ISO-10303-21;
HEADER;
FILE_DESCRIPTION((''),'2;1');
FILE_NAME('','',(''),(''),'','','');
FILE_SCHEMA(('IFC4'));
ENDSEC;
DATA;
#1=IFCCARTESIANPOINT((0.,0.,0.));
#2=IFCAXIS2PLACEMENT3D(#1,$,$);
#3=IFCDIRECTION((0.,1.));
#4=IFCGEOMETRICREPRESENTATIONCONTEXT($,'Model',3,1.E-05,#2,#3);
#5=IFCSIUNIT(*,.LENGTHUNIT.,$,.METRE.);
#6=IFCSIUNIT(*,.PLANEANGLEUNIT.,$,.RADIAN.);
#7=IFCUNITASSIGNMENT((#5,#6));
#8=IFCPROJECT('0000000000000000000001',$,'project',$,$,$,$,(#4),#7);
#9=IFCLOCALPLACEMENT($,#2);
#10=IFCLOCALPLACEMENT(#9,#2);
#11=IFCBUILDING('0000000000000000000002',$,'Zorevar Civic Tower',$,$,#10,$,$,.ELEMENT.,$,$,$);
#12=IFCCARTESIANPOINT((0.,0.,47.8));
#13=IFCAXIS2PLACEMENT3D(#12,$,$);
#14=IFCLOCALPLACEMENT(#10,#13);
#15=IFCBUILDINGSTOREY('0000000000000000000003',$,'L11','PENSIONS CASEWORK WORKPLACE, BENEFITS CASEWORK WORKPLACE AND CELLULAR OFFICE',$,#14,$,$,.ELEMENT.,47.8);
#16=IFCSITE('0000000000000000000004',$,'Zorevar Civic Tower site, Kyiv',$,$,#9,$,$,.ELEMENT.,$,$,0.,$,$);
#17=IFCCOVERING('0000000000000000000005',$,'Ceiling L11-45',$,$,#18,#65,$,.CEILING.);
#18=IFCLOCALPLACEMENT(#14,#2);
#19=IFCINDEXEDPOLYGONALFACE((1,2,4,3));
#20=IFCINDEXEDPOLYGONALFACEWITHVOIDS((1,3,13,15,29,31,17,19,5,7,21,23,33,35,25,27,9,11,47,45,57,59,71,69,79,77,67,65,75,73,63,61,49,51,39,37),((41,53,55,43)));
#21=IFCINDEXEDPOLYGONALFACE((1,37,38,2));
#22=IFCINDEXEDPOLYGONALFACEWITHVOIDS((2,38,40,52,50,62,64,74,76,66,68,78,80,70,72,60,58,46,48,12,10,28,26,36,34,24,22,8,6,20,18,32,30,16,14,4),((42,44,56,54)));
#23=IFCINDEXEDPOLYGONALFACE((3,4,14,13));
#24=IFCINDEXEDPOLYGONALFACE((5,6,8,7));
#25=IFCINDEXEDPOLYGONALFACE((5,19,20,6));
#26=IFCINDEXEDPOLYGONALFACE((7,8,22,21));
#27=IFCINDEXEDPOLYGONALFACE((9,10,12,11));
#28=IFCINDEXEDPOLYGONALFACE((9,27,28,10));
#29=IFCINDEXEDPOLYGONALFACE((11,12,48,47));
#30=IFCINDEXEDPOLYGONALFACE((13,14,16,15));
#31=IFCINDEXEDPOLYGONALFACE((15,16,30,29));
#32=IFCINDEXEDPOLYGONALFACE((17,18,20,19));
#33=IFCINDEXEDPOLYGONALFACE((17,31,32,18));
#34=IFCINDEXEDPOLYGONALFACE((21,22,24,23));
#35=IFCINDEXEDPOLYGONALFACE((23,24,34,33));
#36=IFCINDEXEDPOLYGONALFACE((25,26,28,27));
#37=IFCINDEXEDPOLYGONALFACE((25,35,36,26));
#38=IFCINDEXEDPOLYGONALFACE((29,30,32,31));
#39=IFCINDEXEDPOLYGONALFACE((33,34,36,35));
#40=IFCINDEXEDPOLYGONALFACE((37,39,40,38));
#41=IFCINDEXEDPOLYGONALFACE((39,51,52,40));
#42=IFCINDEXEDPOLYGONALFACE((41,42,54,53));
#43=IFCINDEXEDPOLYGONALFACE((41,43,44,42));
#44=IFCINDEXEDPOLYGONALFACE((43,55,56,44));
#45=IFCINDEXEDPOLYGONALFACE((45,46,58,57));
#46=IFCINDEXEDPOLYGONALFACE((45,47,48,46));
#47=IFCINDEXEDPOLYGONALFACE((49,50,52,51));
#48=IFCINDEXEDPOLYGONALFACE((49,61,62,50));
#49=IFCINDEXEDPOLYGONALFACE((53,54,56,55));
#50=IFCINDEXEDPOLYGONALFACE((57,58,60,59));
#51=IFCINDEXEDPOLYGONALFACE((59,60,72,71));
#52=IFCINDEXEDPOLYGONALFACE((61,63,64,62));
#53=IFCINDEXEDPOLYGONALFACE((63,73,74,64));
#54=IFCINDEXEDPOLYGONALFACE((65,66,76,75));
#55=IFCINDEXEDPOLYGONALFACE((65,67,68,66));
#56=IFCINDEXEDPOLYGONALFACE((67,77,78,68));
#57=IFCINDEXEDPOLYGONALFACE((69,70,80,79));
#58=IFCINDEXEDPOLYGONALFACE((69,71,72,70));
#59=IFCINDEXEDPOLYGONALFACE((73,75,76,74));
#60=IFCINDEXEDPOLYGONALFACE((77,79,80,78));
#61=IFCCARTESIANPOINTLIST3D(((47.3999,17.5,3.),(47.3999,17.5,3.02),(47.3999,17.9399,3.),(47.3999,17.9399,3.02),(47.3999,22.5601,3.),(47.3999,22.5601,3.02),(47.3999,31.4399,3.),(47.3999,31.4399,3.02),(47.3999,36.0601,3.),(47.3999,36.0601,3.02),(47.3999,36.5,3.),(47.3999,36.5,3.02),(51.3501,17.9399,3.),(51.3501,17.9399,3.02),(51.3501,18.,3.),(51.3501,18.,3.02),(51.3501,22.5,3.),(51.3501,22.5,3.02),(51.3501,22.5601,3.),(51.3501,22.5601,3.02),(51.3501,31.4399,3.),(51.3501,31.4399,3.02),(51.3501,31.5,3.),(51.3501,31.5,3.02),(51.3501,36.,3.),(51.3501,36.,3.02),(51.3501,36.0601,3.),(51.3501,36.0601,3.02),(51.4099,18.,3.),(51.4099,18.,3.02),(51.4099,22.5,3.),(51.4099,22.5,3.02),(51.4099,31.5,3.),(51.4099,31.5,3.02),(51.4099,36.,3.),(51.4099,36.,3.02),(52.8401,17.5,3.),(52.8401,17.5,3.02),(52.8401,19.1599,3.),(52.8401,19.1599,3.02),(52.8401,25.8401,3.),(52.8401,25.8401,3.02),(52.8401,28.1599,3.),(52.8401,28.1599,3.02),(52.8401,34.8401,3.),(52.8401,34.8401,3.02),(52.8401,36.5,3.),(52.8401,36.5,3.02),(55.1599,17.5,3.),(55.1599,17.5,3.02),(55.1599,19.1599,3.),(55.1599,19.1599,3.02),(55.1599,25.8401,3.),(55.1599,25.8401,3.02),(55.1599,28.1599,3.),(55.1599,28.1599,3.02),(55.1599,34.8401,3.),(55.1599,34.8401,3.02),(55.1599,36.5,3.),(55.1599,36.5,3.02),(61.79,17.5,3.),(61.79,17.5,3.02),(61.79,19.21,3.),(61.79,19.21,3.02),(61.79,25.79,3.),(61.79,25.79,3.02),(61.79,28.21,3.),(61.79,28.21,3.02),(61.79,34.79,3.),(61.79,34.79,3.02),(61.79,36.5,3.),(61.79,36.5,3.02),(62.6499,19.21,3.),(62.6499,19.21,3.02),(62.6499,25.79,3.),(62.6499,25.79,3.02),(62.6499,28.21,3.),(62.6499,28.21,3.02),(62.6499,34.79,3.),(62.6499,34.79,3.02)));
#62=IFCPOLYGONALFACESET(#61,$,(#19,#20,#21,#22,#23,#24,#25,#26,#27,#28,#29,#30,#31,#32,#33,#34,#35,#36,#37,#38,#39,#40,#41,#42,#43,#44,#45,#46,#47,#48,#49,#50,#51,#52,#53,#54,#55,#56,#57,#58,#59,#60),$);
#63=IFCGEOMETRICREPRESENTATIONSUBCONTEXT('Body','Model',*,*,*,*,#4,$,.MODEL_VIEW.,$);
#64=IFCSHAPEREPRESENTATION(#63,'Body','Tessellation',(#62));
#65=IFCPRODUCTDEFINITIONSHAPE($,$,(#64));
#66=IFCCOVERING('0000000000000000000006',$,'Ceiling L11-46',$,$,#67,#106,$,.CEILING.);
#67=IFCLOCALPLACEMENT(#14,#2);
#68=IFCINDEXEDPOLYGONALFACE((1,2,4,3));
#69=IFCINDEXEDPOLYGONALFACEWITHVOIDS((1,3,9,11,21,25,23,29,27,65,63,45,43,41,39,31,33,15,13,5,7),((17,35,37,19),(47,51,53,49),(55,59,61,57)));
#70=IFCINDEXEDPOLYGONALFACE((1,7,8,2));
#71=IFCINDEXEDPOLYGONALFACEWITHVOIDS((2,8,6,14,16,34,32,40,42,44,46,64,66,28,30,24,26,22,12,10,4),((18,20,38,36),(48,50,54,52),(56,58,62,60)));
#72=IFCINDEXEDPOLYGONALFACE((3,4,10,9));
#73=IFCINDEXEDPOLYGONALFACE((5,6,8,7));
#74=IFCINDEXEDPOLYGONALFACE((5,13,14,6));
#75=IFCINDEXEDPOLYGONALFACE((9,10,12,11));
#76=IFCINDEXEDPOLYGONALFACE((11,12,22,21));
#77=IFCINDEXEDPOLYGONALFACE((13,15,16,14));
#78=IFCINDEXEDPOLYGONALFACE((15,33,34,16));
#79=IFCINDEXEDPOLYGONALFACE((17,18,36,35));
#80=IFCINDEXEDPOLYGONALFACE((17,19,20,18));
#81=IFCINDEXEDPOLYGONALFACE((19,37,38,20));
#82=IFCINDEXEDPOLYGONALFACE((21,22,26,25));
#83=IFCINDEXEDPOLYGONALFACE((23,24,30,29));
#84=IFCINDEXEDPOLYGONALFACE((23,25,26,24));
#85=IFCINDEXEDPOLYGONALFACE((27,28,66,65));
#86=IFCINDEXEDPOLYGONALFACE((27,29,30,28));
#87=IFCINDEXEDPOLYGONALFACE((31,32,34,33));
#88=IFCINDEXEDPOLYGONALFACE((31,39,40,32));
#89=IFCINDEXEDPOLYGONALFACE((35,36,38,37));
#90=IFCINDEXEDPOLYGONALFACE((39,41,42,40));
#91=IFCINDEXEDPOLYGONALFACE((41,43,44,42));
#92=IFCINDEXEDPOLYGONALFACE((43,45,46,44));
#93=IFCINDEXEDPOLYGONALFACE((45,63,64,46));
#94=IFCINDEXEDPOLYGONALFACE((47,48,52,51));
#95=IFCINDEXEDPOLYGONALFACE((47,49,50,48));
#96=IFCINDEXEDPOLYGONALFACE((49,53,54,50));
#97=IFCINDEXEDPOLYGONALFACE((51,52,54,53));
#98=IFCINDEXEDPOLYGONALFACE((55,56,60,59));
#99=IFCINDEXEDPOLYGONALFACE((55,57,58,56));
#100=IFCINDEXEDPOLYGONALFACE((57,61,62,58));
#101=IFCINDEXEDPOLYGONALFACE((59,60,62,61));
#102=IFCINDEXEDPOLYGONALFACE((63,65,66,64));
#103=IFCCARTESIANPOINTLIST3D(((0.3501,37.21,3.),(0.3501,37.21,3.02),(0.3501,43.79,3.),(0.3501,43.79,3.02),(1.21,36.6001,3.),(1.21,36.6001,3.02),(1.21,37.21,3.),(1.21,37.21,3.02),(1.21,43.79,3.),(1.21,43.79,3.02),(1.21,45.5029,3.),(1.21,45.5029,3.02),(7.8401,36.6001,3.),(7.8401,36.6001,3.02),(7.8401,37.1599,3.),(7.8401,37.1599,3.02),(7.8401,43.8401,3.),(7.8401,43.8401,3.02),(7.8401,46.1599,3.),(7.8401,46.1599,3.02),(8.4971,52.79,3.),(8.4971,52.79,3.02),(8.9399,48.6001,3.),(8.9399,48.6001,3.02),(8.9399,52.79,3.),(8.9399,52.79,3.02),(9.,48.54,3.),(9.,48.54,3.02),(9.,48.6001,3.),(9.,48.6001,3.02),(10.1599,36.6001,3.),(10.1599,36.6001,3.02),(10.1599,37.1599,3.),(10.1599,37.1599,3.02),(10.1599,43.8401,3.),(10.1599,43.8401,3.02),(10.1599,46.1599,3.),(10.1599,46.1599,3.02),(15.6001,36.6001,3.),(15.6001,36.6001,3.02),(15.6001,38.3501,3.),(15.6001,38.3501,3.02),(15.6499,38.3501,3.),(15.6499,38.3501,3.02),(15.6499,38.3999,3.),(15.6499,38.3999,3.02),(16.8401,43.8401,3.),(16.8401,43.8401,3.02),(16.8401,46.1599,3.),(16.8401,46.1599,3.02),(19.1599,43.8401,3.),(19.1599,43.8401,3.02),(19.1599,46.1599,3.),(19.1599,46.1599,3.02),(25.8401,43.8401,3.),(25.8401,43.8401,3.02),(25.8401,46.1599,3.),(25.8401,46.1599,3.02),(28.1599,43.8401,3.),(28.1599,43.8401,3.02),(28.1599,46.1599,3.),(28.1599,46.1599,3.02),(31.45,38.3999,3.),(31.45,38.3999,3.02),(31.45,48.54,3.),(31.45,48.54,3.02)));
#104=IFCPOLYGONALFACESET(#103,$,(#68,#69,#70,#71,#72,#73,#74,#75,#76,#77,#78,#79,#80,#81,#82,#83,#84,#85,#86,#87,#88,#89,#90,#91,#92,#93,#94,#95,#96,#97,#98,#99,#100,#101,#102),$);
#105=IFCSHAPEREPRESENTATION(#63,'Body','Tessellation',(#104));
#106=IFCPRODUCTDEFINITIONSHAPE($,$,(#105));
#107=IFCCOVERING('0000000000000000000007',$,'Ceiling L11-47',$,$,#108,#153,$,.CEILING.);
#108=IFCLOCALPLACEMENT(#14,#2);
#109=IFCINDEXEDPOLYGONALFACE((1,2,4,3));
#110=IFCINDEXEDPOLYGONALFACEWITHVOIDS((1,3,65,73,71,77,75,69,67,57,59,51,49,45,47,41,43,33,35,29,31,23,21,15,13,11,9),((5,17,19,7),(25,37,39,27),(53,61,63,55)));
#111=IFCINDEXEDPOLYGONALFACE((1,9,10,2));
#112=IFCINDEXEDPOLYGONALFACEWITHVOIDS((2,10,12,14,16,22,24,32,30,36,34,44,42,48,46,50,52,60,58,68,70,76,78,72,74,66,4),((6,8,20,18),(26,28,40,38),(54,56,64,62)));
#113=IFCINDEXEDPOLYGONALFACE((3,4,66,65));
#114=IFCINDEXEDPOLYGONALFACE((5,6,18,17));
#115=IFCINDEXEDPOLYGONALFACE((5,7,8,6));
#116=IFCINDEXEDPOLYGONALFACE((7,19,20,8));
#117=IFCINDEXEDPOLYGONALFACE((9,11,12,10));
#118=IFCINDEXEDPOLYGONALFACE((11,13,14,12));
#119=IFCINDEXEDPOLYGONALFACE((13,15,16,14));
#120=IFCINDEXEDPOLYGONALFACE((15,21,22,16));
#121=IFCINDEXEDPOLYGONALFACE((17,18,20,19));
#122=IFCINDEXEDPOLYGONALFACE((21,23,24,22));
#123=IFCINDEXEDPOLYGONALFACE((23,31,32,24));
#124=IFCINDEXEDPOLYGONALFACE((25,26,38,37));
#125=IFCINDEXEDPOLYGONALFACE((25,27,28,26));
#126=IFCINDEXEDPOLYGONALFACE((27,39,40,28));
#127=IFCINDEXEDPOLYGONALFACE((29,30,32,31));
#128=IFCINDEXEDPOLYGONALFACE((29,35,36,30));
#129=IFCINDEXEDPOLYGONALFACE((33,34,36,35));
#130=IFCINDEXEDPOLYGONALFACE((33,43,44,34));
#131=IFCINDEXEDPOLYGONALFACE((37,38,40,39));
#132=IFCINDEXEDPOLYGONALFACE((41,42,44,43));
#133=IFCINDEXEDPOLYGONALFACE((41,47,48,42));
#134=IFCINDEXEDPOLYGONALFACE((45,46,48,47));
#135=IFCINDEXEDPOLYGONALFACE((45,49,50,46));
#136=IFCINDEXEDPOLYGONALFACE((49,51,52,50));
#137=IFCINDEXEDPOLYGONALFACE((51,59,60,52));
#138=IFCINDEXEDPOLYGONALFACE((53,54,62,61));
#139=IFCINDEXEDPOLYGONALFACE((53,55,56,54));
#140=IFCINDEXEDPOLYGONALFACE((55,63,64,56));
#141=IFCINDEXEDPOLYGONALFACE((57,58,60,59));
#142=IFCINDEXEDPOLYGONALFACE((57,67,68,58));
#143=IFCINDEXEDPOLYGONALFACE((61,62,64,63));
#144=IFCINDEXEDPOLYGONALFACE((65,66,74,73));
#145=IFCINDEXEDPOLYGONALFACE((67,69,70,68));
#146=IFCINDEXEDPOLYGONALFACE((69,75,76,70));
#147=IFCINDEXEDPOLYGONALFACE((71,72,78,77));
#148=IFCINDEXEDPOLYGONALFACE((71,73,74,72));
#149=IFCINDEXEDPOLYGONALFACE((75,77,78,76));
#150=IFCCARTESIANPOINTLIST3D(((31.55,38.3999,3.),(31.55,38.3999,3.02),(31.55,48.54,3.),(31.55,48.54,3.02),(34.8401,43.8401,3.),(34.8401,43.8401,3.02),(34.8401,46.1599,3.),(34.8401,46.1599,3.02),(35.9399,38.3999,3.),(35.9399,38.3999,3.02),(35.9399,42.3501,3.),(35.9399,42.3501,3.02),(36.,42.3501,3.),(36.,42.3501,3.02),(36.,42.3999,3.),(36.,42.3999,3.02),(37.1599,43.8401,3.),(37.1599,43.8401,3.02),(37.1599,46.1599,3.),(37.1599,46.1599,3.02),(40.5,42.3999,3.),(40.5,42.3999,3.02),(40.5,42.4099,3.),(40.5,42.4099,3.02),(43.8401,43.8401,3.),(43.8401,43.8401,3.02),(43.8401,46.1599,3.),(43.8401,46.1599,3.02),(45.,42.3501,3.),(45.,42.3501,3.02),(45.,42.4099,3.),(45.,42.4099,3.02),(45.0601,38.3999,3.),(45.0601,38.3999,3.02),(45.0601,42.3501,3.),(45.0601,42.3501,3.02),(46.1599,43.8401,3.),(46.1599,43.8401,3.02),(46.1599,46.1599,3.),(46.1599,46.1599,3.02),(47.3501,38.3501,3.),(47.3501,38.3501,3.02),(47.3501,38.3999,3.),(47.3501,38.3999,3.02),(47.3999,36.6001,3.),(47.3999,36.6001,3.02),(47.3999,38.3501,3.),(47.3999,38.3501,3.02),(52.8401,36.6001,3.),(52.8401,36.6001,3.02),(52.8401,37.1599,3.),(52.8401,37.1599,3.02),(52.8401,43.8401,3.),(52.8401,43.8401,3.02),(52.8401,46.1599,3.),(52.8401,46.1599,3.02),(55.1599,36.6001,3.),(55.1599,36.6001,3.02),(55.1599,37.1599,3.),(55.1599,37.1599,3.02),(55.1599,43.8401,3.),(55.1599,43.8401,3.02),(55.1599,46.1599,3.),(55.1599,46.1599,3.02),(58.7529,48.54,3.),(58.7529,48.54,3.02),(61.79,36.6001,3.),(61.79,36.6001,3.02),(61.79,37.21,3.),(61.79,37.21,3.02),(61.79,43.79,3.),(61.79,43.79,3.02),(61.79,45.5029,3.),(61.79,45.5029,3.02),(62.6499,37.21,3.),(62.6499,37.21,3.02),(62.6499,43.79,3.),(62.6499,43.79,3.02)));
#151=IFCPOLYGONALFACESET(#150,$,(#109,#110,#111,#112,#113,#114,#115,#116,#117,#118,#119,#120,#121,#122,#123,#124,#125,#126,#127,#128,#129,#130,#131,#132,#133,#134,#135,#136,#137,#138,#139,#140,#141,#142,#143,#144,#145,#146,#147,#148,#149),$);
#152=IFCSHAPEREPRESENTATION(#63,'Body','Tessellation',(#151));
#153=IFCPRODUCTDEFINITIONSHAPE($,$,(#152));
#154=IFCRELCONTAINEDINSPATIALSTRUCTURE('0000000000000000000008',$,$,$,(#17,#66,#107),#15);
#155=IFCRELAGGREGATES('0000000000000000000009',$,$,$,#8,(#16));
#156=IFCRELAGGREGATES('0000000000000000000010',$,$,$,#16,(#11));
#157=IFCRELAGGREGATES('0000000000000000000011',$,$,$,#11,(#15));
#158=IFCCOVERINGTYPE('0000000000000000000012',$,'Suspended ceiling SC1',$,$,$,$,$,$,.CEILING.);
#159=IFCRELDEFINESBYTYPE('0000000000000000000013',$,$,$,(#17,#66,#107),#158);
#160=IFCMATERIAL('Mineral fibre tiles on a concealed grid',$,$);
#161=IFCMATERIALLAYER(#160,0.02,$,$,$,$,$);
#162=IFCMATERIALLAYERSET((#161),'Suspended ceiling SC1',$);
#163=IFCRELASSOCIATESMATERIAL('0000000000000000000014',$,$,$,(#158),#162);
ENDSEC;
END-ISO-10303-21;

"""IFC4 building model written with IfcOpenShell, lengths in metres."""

from ifc_helpers import new_model, si_unit, direction, frame, origin, place, context, subcontext, project, spatial, polyline, outline, extrude, material, layer, layer_set, type_object, element, save


model = new_model("IFC4")

# Units and contexts
model_context = context("Model", 3, precision=1e-05, world=origin(), true_north=direction((0.0, 1.0)))
body_context = subcontext(model_context, "Body", "Model", "MODEL_VIEW")
ifc_project = project(units=[si_unit("LENGTHUNIT", "METRE"), si_unit("PLANEANGLEUNIT", "RADIAN")], contexts=[model_context])

# Site, building, storey
site_placement = place(None, origin())
site = spatial("IfcSite", under=ifc_project, at=site_placement, Name="Zorevar Civic Tower site, Kyiv", CompositionType="ELEMENT", RefElevation=0.0)
building_placement = place(site_placement, origin())
building = spatial("IfcBuilding", under=site, at=building_placement, Name="Zorevar Civic Tower", CompositionType="ELEMENT")
storey_placement = place(building_placement, frame((0.0, 0.0, 47.8)))
storey = spatial("IfcBuildingStorey", under=building, at=storey_placement, Name="L11", Description="PENSIONS CASEWORK WORKPLACE, BENEFITS CASEWORK WORKPLACE AND CELLULAR OFFICE", CompositionType="ELEMENT", Elevation=47.8)

# Coverings
ifc_material_1 = material(Name="Mineral fibre tiles on a concealed grid")
ifc_layer_1 = layer(ifc_material_1, 0.02)
ifc_layer_set_1 = layer_set([ifc_layer_1], Name="Suspended ceiling SC1")
covering_type_1 = type_object("IfcCoveringType", Name="Suspended ceiling SC1", PredefinedType="CEILING", material=ifc_layer_set_1)
covering_1_placement = place(storey_placement, frame((0.0, 0.0, 3.0)))
element("IfcCovering", 1, at=covering_1_placement, inside=storey, type_object=covering_type_1, Name="Ceiling L11-45", PredefinedType="CEILING", context=body_context, shape_type="SweptSolid", body=[
    extrude(outline(polyline([(51.4099, 31.5), (51.4099, 36.0), (51.3501, 36.0), (51.3501, 36.0601), (47.3999, 36.0601), (47.3999, 36.5), (52.8401, 36.5), (52.8401, 34.8401), (55.1599, 34.8401), (55.1599, 36.5), (61.79, 36.5), (61.79, 34.79), (62.6499, 34.79), (62.6499, 28.21), (61.79, 28.21), (61.79, 25.79), (62.6499, 25.79), (62.6499, 19.21), (61.79, 19.21), (61.79, 17.5), (55.1599, 17.5), (55.1599, 19.1599), (52.8401, 19.1599), (52.8401, 17.5), (47.3999, 17.5), (47.3999, 17.9399), (51.3501, 17.9399), (51.3501, 18.0), (51.4099, 18.0), (51.4099, 22.5), (51.3501, 22.5), (51.3501, 22.5601), (47.3999, 22.5601), (47.3999, 31.4399), (51.3501, 31.4399), (51.3501, 31.5), (51.4099, 31.5)]), holes=[polyline([(55.1599, 28.1599), (52.8401, 28.1599), (52.8401, 25.8401), (55.1599, 25.8401), (55.1599, 28.1599)])]), origin(), (0.0, 0.0, 1.0), 0.02),
])
covering_2_placement = place(storey_placement, frame((0.0, 0.0, 3.0)))
element("IfcCovering", 2, at=covering_2_placement, inside=storey, type_object=covering_type_1, Name="Ceiling L11-46", PredefinedType="CEILING", context=body_context, shape_type="SweptSolid", body=[
    extrude(outline(polyline([(31.45, 48.54), (31.45, 38.3999), (15.6499, 38.3999), (15.6499, 38.3501), (15.6001, 38.3501), (15.6001, 36.6001), (10.1599, 36.6001), (10.1599, 37.1599), (7.8401, 37.1599), (7.8401, 36.6001), (1.21, 36.6001), (1.21, 37.21), (0.3501, 37.21), (0.3501, 43.79), (1.21, 43.79), (1.21, 45.5029), (8.4971, 52.79), (8.9399, 52.79), (8.9399, 48.6001), (9.0, 48.6001), (9.0, 48.54), (31.45, 48.54)]), holes=[polyline([(10.1599, 46.1599), (7.8401, 46.1599), (7.8401, 43.8401), (10.1599, 43.8401), (10.1599, 46.1599)]), polyline([(16.8401, 43.8401), (19.1599, 43.8401), (19.1599, 46.1599), (16.8401, 46.1599), (16.8401, 43.8401)]), polyline([(25.8401, 46.1599), (25.8401, 43.8401), (28.1599, 43.8401), (28.1599, 46.1599), (25.8401, 46.1599)])]), origin(), (0.0, 0.0, 1.0), 0.02),
])
covering_3_placement = place(storey_placement, frame((0.0, 0.0, 3.0)))
element("IfcCovering", 3, at=covering_3_placement, inside=storey, type_object=covering_type_1, Name="Ceiling L11-47", PredefinedType="CEILING", context=body_context, shape_type="SweptSolid", body=[
    extrude(outline(polyline([(45.0601, 42.3501), (45.0, 42.3501), (45.0, 42.4099), (40.5, 42.4099), (40.5, 42.3999), (36.0, 42.3999), (36.0, 42.3501), (35.9399, 42.3501), (35.9399, 38.3999), (31.55, 38.3999), (31.55, 48.54), (58.7529, 48.54), (61.79, 45.5029), (61.79, 43.79), (62.6499, 43.79), (62.6499, 37.21), (61.79, 37.21), (61.79, 36.6001), (55.1599, 36.6001), (55.1599, 37.1599), (52.8401, 37.1599), (52.8401, 36.6001), (47.3999, 36.6001), (47.3999, 38.3501), (47.3501, 38.3501), (47.3501, 38.3999), (45.0601, 38.3999), (45.0601, 42.3501)]), holes=[polyline([(34.8401, 43.8401), (37.1599, 43.8401), (37.1599, 46.1599), (34.8401, 46.1599), (34.8401, 43.8401)]), polyline([(43.8401, 46.1599), (43.8401, 43.8401), (46.1599, 43.8401), (46.1599, 46.1599), (43.8401, 46.1599)]), polyline([(55.1599, 43.8401), (55.1599, 46.1599), (52.8401, 46.1599), (52.8401, 43.8401), (55.1599, 43.8401)])]), origin(), (0.0, 0.0, 1.0), 0.02),
])

save(model, "model.ifc")
